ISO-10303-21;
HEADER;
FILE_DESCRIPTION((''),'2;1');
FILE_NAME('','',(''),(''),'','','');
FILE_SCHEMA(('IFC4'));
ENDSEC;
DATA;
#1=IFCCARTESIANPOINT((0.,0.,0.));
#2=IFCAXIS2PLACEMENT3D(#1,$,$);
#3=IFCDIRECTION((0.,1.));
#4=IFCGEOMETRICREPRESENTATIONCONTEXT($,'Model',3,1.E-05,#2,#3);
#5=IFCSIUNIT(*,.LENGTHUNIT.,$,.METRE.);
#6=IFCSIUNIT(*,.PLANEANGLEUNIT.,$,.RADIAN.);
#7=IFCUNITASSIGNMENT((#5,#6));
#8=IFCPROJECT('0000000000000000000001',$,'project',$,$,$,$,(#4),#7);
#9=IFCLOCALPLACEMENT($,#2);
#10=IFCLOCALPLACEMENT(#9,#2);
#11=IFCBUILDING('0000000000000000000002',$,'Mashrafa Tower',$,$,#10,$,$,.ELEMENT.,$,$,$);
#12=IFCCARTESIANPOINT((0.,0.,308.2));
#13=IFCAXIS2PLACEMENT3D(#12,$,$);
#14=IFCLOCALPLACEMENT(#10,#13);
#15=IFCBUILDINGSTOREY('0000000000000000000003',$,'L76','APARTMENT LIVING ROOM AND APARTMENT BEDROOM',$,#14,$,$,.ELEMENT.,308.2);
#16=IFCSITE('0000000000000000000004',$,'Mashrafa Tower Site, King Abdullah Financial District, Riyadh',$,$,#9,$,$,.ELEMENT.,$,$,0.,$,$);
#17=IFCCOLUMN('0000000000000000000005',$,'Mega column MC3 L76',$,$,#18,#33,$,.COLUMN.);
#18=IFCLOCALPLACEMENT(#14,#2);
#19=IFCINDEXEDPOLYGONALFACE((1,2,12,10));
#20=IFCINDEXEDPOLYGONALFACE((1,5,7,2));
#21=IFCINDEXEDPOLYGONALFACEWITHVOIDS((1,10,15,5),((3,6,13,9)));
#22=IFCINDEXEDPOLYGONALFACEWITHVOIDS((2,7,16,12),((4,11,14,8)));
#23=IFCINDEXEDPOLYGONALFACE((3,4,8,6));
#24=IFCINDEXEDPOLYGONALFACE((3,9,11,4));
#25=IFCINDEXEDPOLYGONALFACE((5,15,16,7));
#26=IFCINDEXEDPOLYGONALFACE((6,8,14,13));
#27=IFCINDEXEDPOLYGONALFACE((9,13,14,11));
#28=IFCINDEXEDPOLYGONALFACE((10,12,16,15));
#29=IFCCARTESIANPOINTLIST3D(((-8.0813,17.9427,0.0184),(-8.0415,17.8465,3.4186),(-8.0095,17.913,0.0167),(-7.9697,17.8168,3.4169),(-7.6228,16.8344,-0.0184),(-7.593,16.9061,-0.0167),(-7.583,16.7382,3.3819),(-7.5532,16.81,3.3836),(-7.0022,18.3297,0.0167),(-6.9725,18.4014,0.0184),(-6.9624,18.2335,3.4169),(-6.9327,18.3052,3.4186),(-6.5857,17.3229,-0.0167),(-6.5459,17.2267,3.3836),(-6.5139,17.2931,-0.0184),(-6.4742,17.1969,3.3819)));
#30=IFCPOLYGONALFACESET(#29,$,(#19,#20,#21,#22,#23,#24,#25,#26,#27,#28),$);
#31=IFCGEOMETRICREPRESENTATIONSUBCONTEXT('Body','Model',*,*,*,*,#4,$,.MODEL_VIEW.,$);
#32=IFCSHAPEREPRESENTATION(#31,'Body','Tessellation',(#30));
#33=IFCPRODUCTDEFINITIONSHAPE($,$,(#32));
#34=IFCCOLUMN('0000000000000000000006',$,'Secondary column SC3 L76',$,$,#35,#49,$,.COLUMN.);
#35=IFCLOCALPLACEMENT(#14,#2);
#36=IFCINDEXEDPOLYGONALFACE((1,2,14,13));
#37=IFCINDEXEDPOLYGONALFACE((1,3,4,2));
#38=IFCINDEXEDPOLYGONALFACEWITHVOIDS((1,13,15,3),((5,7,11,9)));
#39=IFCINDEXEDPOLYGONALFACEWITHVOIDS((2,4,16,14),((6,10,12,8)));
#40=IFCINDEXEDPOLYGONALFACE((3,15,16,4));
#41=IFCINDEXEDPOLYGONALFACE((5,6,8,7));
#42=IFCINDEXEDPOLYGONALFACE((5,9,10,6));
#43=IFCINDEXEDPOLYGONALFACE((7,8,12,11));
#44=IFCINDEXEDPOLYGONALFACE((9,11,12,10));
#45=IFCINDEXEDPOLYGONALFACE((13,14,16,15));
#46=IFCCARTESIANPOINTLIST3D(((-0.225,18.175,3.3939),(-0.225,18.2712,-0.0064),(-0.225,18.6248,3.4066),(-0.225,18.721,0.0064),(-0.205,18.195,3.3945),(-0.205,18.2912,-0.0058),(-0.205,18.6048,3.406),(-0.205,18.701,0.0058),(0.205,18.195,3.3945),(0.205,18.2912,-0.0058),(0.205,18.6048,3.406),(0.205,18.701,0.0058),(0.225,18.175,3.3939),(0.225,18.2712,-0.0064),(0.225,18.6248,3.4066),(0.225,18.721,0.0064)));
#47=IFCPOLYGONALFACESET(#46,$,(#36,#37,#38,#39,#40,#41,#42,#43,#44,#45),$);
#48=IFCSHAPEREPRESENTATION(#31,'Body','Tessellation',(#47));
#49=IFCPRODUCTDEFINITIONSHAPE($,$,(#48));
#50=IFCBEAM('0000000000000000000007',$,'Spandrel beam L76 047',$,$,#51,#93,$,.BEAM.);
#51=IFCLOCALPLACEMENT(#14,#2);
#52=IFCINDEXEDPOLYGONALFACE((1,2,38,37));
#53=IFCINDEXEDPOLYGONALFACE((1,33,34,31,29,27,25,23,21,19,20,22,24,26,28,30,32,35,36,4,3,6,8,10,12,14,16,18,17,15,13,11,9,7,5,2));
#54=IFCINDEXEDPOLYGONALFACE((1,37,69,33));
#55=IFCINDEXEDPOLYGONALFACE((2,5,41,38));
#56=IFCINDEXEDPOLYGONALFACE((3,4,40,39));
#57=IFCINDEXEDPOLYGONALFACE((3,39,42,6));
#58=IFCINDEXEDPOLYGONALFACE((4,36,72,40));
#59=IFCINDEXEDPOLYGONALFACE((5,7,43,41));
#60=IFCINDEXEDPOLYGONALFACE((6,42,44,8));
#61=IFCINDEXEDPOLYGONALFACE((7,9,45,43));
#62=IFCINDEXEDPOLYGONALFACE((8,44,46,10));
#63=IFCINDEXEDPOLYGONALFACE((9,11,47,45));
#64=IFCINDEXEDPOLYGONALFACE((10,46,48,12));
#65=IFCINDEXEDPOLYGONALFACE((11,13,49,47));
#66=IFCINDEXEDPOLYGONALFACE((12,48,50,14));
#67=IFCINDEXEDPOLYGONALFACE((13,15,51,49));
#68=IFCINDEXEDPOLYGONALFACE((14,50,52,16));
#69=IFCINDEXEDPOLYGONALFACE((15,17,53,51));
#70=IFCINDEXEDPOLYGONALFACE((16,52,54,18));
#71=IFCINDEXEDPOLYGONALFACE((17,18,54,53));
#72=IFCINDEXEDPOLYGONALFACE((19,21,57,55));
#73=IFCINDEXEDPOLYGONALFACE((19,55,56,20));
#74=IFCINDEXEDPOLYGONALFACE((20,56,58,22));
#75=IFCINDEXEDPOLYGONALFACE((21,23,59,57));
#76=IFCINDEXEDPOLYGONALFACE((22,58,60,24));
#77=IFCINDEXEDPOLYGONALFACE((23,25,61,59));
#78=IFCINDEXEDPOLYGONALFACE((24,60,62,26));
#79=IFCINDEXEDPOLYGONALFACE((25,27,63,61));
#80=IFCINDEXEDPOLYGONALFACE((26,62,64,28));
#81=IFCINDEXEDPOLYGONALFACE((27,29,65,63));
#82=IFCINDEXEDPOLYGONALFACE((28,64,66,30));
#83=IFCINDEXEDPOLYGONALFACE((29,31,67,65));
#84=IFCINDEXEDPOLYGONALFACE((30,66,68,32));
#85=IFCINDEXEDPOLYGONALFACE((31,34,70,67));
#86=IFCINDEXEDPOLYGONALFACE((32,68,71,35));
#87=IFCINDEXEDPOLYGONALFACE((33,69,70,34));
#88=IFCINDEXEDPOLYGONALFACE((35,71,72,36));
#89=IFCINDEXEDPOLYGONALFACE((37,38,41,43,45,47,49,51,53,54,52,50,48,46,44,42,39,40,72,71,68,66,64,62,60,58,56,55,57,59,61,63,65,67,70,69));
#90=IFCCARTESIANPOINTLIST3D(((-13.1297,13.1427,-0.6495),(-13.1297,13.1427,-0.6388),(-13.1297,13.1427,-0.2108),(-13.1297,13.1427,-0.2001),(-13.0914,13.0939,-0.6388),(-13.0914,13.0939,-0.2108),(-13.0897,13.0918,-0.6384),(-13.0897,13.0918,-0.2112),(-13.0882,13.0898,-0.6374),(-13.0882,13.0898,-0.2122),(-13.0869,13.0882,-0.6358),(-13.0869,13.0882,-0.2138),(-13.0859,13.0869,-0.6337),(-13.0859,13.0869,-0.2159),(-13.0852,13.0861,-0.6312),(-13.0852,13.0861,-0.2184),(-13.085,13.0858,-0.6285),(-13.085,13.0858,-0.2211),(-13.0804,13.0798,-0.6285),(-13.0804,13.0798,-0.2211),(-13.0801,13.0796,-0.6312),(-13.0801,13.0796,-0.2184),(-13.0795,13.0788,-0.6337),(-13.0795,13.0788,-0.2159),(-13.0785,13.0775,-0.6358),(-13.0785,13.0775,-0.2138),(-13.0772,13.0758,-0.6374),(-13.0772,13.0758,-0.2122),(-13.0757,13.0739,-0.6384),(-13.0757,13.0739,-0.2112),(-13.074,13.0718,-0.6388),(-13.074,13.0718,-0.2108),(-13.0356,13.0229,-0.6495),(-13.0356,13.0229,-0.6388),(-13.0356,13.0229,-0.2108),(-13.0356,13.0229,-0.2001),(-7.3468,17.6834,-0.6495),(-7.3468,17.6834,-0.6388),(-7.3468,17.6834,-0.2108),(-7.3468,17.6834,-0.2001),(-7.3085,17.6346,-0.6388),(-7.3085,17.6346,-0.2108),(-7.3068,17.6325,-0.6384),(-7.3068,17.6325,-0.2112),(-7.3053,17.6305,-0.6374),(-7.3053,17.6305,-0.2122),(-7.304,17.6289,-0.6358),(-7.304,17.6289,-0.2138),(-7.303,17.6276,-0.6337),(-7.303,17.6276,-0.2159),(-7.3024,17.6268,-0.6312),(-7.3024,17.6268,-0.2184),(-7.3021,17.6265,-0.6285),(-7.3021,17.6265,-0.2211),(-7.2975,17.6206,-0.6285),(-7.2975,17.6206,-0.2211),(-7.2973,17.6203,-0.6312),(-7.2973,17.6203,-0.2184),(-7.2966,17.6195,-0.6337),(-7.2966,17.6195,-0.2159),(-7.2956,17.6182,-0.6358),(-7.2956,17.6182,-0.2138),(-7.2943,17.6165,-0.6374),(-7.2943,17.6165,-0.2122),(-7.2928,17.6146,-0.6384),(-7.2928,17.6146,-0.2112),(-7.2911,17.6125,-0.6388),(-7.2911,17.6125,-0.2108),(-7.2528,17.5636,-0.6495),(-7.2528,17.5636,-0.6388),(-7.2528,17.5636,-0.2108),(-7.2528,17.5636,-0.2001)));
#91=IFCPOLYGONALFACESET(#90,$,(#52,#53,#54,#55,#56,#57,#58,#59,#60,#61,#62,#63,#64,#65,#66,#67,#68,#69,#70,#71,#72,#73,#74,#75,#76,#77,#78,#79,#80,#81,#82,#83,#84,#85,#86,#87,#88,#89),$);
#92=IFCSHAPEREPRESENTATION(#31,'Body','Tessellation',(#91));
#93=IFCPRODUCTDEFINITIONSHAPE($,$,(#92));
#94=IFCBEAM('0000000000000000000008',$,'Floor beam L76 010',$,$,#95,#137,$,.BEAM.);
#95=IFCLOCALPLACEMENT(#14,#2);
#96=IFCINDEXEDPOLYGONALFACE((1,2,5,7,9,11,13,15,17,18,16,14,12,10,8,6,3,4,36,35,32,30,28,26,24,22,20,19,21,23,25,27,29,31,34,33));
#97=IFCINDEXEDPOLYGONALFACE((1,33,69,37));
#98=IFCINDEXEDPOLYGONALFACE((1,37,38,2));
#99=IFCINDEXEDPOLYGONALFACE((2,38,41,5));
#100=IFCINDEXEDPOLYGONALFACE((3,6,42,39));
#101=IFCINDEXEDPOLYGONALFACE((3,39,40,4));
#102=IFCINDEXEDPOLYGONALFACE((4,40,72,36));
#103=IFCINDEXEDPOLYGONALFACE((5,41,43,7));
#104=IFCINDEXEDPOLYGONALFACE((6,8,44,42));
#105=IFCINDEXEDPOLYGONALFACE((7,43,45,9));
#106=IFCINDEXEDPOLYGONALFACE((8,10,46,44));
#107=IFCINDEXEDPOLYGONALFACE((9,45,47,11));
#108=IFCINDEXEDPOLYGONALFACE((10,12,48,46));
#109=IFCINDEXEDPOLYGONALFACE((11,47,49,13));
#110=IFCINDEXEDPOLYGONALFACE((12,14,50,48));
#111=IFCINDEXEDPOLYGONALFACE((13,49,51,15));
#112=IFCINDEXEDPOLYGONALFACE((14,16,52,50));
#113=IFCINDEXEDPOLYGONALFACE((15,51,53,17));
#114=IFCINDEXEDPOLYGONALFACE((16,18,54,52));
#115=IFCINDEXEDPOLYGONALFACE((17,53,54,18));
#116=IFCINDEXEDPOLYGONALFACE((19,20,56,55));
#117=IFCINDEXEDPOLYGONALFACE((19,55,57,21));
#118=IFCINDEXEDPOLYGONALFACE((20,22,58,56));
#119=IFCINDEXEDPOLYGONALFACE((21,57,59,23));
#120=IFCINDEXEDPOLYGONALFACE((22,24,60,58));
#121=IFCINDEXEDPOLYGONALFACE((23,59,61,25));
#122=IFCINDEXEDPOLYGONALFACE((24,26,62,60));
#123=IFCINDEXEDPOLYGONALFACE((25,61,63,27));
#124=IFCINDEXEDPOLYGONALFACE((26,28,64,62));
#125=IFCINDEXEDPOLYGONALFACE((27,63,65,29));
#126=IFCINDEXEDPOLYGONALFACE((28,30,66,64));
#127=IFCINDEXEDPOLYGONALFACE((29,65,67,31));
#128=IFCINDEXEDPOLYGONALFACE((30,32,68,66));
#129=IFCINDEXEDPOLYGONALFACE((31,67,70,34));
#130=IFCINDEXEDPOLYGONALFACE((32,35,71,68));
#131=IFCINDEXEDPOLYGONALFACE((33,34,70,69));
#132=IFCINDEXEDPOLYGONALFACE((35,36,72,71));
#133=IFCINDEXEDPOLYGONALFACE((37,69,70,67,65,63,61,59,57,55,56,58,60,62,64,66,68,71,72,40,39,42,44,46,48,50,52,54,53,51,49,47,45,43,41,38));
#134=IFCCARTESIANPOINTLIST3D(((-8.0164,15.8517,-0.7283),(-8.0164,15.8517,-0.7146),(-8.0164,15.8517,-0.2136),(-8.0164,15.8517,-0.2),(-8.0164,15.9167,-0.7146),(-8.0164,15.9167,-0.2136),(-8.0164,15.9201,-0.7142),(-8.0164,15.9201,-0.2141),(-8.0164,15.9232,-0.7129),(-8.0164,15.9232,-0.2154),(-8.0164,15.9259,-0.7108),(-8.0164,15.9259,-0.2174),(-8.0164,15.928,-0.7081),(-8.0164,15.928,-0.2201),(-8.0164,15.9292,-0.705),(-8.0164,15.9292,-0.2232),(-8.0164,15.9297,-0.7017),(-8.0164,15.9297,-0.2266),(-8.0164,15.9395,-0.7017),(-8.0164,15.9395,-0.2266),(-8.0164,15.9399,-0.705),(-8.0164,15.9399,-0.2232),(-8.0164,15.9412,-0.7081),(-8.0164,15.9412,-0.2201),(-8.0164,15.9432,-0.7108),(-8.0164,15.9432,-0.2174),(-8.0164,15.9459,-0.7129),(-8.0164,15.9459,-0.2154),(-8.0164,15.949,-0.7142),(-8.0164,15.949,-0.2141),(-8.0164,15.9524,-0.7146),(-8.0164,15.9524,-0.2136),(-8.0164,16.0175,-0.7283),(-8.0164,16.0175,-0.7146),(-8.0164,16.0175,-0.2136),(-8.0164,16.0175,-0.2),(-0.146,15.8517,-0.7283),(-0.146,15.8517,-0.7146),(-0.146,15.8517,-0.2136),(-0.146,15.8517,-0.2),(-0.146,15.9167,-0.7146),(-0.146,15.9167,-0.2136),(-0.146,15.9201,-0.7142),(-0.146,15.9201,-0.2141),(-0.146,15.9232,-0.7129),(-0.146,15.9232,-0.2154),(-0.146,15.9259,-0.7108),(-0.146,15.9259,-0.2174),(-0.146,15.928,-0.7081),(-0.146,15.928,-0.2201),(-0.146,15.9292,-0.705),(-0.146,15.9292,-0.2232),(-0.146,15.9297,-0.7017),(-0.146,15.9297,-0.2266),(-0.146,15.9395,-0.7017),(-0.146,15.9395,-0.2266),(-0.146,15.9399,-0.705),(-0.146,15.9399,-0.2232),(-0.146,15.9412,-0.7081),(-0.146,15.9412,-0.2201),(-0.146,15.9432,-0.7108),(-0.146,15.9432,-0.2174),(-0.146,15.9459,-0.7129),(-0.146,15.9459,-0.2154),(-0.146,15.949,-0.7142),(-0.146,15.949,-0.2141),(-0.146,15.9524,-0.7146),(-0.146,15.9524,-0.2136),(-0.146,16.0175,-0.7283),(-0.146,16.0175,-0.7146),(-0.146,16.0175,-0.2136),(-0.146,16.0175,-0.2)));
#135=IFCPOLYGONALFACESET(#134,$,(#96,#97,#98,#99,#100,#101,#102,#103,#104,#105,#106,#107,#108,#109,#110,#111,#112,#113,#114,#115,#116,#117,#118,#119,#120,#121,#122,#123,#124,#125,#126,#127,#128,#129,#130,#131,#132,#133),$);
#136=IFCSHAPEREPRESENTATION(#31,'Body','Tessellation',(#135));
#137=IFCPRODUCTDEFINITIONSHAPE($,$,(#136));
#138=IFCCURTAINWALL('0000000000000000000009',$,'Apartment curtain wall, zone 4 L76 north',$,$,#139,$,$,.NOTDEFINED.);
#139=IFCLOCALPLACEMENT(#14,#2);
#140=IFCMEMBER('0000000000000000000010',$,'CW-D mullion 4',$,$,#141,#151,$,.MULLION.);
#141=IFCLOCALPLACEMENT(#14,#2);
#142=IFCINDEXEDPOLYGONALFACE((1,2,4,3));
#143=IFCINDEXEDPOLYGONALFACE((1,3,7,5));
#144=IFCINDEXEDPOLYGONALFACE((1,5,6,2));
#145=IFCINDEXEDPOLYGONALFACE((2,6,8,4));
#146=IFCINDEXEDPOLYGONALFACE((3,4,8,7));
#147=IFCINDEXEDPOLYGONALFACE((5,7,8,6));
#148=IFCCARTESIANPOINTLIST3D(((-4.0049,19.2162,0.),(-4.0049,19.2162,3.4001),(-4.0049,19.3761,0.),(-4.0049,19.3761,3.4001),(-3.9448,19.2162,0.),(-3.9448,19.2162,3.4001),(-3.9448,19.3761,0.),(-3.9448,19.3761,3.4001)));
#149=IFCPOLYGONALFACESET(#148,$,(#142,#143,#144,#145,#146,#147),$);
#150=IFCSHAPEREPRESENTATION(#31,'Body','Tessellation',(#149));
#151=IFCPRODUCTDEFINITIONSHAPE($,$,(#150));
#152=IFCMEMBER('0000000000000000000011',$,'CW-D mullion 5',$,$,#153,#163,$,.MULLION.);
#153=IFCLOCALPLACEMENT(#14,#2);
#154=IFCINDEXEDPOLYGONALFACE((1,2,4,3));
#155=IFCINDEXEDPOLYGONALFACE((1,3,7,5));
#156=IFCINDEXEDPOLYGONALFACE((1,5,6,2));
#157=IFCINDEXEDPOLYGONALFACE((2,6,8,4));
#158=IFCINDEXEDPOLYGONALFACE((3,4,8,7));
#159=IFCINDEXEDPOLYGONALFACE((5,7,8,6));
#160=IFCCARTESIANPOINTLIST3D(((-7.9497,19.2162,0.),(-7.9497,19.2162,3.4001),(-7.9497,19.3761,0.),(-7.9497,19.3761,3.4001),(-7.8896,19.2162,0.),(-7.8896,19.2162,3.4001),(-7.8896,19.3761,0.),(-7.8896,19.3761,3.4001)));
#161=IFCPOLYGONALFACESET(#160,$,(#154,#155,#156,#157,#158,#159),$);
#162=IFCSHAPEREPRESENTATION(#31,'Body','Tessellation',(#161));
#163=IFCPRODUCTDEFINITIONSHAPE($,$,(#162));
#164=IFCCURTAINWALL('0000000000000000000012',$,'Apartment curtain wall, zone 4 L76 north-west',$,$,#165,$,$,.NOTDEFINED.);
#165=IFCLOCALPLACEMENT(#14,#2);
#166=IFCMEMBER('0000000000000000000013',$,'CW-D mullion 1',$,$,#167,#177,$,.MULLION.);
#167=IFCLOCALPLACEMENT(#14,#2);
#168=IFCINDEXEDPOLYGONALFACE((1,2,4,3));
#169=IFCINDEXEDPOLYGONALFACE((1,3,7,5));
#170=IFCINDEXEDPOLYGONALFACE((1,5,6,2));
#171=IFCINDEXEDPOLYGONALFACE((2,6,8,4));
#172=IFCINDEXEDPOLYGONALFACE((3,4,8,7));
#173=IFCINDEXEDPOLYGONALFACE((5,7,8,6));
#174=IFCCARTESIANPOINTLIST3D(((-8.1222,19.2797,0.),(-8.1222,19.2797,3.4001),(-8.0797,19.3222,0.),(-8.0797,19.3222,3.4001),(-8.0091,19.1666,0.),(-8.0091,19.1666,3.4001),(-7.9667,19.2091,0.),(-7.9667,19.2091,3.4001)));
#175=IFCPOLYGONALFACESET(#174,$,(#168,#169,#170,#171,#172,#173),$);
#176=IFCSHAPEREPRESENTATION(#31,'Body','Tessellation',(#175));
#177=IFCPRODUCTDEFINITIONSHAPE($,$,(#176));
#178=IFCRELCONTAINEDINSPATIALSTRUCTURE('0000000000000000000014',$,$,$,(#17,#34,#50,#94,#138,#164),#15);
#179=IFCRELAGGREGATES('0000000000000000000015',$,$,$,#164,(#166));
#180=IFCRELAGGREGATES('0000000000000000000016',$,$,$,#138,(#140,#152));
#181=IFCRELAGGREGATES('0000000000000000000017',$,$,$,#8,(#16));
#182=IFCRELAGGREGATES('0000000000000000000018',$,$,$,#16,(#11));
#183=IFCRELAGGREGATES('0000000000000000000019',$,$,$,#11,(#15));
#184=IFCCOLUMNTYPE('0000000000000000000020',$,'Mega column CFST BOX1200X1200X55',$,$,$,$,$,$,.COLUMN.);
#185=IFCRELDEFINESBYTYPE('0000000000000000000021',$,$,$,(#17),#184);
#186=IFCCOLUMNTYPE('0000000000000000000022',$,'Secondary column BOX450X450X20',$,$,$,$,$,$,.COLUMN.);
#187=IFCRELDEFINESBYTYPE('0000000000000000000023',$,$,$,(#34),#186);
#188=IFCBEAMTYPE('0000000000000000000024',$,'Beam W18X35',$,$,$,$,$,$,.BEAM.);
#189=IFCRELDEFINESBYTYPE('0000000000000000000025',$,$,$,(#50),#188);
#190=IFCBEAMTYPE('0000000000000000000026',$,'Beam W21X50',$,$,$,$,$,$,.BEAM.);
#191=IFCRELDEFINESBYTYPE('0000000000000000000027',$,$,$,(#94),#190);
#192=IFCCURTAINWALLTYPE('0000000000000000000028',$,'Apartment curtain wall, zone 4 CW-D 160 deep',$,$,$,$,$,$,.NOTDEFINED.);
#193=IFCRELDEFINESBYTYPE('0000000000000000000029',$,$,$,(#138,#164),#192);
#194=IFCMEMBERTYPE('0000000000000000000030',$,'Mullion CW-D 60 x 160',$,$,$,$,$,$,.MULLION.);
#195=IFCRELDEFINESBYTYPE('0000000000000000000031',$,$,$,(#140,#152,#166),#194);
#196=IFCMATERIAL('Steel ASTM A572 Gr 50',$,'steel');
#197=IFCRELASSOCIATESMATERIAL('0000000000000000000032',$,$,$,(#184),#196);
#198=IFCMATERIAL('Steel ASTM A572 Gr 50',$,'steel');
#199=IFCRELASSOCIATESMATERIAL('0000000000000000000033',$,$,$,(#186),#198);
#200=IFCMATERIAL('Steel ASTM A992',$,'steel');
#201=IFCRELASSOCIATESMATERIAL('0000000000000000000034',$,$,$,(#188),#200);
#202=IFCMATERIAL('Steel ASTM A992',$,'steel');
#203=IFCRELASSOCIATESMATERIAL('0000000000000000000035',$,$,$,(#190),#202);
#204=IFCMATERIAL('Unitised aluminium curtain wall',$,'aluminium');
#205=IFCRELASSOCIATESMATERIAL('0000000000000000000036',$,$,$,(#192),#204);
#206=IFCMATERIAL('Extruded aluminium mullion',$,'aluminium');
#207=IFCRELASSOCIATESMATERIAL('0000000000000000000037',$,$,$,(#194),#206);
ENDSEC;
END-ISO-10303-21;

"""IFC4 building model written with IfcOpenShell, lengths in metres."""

from ifc_helpers import new_model, si_unit, direction, frame, origin, origin_2d, place, context, subcontext, project, spatial, rectangle, hollow_rectangle, i_section, extrude, source, transform, mapped, material, material_profile, profile_set, type_object, type_shapes, element, aggregate, save


model = new_model("IFC4")

# Units and contexts
model_context = context("Model", 3, precision=1e-05, world=origin(), true_north=direction((0.0, 1.0)))
body_context = subcontext(model_context, "Body", "Model", "MODEL_VIEW")
ifc_project = project(units=[si_unit("LENGTHUNIT", "METRE"), si_unit("PLANEANGLEUNIT", "RADIAN")], contexts=[model_context])

# Site, building, storey
site_placement = place(None, origin())
site = spatial("IfcSite", under=ifc_project, at=site_placement, Name="Mashrafa Tower Site, King Abdullah Financial District, Riyadh", CompositionType="ELEMENT", RefElevation=0.0)
building_placement = place(site_placement, origin())
building = spatial("IfcBuilding", under=site, at=building_placement, Name="Mashrafa Tower", CompositionType="ELEMENT")
storey_placement = place(building_placement, frame((0.0, 0.0, 308.2)))
storey = spatial("IfcBuildingStorey", under=building, at=storey_placement, Name="L76", Description="APARTMENT LIVING ROOM AND APARTMENT BEDROOM", CompositionType="ELEMENT", Elevation=308.2)

# Columns
ifc_material_1 = material(Name="Steel ASTM A572 Gr 50", Category="steel")
ifc_material_profile_1 = material_profile(ifc_material_1, hollow_rectangle(XDim=1.2, YDim=1.2, WallThickness=0.0549, at=origin_2d()), Name="BOX1200X1200X55")
ifc_profile_set_1 = profile_set([ifc_material_profile_1], Name="Steel ASTM A572 Gr 50")
column_type_1 = type_object("IfcColumnType", Name="Mega column CFST BOX1200X1200X55", PredefinedType="COLUMN", material=ifc_profile_set_1)
column_1_placement = place(storey_placement, frame((-7.2976, 17.6179, 0.0), z_axis=(0.011698, -0.028277, 0.999532), x_axis=(0.924045, 0.382283, 0.0)))
element("IfcColumn", 1, at=column_1_placement, inside=storey, type_object=column_type_1, Name="Mega column MC3 L76", PredefinedType="COLUMN", context=body_context, shape_type="SweptSolid", body=[
    extrude(hollow_rectangle(XDim=1.2, YDim=1.2, WallThickness=0.0549, at=origin_2d()), origin(), (0.0, 0.0, 1.0), 3.4019),
])
ifc_material_2 = material(Name="Steel ASTM A572 Gr 50", Category="steel")
ifc_material_profile_2 = material_profile(ifc_material_2, hollow_rectangle(XDim=0.45, YDim=0.45, WallThickness=0.02, at=origin_2d()), Name="BOX450X450X20")
ifc_profile_set_2 = profile_set([ifc_material_profile_2], Name="Steel ASTM A572 Gr 50")
column_type_2 = type_object("IfcColumnType", Name="Secondary column BOX450X450X20", PredefinedType="COLUMN", material=ifc_profile_set_2)
column_2_placement = place(storey_placement, frame((0.0, 18.4961, 0.0), z_axis=(0.0, -0.028279, 0.9996), x_axis=(1.0, 0.0, 0.0)))
element("IfcColumn", 2, at=column_2_placement, inside=storey, type_object=column_type_2, Name="Secondary column SC3 L76", PredefinedType="COLUMN", context=body_context, shape_type="SweptSolid", body=[
    extrude(hollow_rectangle(XDim=0.45, YDim=0.45, WallThickness=0.02, at=origin_2d()), origin(), (0.0, 0.0, 1.0), 3.4016),
])

# Beams
ifc_material_3 = material(Name="Steel ASTM A992", Category="steel")
ifc_material_profile_3 = material_profile(ifc_material_3, i_section(OverallWidth=0.1523, OverallDepth=0.4495, WebThickness=0.0076, FlangeThickness=0.0107, FilletRadius=0.0103, at=origin_2d()), Name="W18X35")
ifc_profile_set_3 = profile_set([ifc_material_profile_3], Name="Steel ASTM A992")
beam_type_1 = type_object("IfcBeamType", Name="Beam W18X35", PredefinedType="BEAM", material=ifc_profile_set_3)
beam_1_placement = place(storey_placement, frame((-7.2998, 17.6235, -0.4248), z_axis=(-0.786515, -0.617571, 0.0), x_axis=(0.617571, -0.786515, 0.0)))
element("IfcBeam", 3, at=beam_1_placement, inside=storey, type_object=beam_type_1, Name="Spandrel beam L76 047", PredefinedType="BEAM", context=body_context, shape_type="SweptSolid", body=[
    extrude(i_section(OverallWidth=0.1523, OverallDepth=0.4495, WebThickness=0.0076, FlangeThickness=0.0107, FilletRadius=0.0103, at=origin_2d()), origin(), (0.0, 0.0, 1.0), 7.3525),
])
ifc_material_4 = material(Name="Steel ASTM A992", Category="steel")
ifc_material_profile_4 = material_profile(ifc_material_4, i_section(OverallWidth=0.1658, OverallDepth=0.5283, WebThickness=0.0098, FlangeThickness=0.0137, FilletRadius=0.0129, at=origin_2d()), Name="W21X50")
ifc_profile_set_4 = profile_set([ifc_material_profile_4], Name="Steel ASTM A992")
beam_type_2 = type_object("IfcBeamType", Name="Beam W21X50", PredefinedType="BEAM", material=ifc_profile_set_4)
beam_2_placement = place(storey_placement, frame((-8.0164, 15.9346, -0.4641), z_axis=(1.0, 0.0, 0.0), x_axis=(0.0, 1.0, 0.0)))
element("IfcBeam", 4, at=beam_2_placement, inside=storey, type_object=beam_type_2, Name="Floor beam L76 010", PredefinedType="BEAM", context=body_context, shape_type="SweptSolid", body=[
    extrude(i_section(OverallWidth=0.1658, OverallDepth=0.5283, WebThickness=0.0098, FlangeThickness=0.0137, FilletRadius=0.0129, at=origin_2d()), origin(), (0.0, 0.0, 1.0), 7.8704),
])

# Curtain wall, members
ifc_material_5 = material(Name="Unitised aluminium curtain wall", Category="aluminium")
curtain_wall_type = type_object("IfcCurtainWallType", Name="Apartment curtain wall, zone 4 CW-D 160 deep", PredefinedType="NOTDEFINED", material=ifc_material_5)
curtain_wall_1_placement = place(storey_placement, origin())
curtain_wall_1 = element("IfcCurtainWall", 5, at=curtain_wall_1_placement, inside=storey, type_object=curtain_wall_type, Name="Apartment curtain wall, zone 4 L76 north", PredefinedType="NOTDEFINED")
ifc_material_6 = material(Name="Extruded aluminium mullion", Category="aluminium")
ifc_material_profile_5 = material_profile(ifc_material_6, rectangle(XDim=0.1599, YDim=0.0601, at=origin_2d()), Name="Mullion 60x160")
ifc_profile_set_5 = profile_set([ifc_material_profile_5], Name="Extruded aluminium mullion")
member_type_1 = type_object("IfcMemberType", Name="Mullion CW-D 60 x 160", PredefinedType="MULLION", material=ifc_profile_set_5)
shared_shape_1 = source(origin(), body_context, "Body", "SweptSolid", [
    extrude(rectangle(XDim=0.1599, YDim=0.0601, at=origin_2d()), origin(), (0.0, 0.0, 1.0), 3.4001),
])
type_shapes(member_type_1, [shared_shape_1])
member_1_placement = place(storey_placement, frame((-3.9749, 19.2961, 0.0), z_axis=(0.0, 0.0, 1.0), x_axis=(0.0, -1.0, 0.0)))
member_1 = element("IfcMember", 6, at=member_1_placement, type_object=member_type_1, Name="CW-D mullion 4", PredefinedType="MULLION", context=body_context, shape_type="MappedRepresentation", body=[
    mapped(shared_shape_1, transform((0.0, 0.0, 0.0))),
])
member_2_placement = place(storey_placement, frame((-7.9197, 19.2961, 0.0), z_axis=(0.0, 0.0, 1.0), x_axis=(0.0, -1.0, 0.0)))
member_2 = element("IfcMember", 7, at=member_2_placement, type_object=member_type_1, Name="CW-D mullion 5", PredefinedType="MULLION", context=body_context, shape_type="MappedRepresentation", body=[
    mapped(shared_shape_1, transform((0.0, 0.0, 0.0))),
])

# Curtain wall, member
curtain_wall_2_placement = place(storey_placement, origin())
curtain_wall_2 = element("IfcCurtainWall", 8, at=curtain_wall_2_placement, inside=storey, type_object=curtain_wall_type, Name="Apartment curtain wall, zone 4 L76 north-west", PredefinedType="NOTDEFINED")
member_3_placement = place(storey_placement, frame((-8.0444, 19.2444, 0.0), z_axis=(0.0, 0.0, 1.0), x_axis=(0.707107, -0.707107, 0.0)))
member_3 = element("IfcMember", 9, at=member_3_placement, type_object=member_type_1, Name="CW-D mullion 1", PredefinedType="MULLION", context=body_context, shape_type="MappedRepresentation", body=[
    mapped(shared_shape_1, transform((0.0, 0.0, 0.0))),
])

aggregate(curtain_wall_2, [member_3])
aggregate(curtain_wall_1, [member_1, member_2])

save(model, "model.ifc")
